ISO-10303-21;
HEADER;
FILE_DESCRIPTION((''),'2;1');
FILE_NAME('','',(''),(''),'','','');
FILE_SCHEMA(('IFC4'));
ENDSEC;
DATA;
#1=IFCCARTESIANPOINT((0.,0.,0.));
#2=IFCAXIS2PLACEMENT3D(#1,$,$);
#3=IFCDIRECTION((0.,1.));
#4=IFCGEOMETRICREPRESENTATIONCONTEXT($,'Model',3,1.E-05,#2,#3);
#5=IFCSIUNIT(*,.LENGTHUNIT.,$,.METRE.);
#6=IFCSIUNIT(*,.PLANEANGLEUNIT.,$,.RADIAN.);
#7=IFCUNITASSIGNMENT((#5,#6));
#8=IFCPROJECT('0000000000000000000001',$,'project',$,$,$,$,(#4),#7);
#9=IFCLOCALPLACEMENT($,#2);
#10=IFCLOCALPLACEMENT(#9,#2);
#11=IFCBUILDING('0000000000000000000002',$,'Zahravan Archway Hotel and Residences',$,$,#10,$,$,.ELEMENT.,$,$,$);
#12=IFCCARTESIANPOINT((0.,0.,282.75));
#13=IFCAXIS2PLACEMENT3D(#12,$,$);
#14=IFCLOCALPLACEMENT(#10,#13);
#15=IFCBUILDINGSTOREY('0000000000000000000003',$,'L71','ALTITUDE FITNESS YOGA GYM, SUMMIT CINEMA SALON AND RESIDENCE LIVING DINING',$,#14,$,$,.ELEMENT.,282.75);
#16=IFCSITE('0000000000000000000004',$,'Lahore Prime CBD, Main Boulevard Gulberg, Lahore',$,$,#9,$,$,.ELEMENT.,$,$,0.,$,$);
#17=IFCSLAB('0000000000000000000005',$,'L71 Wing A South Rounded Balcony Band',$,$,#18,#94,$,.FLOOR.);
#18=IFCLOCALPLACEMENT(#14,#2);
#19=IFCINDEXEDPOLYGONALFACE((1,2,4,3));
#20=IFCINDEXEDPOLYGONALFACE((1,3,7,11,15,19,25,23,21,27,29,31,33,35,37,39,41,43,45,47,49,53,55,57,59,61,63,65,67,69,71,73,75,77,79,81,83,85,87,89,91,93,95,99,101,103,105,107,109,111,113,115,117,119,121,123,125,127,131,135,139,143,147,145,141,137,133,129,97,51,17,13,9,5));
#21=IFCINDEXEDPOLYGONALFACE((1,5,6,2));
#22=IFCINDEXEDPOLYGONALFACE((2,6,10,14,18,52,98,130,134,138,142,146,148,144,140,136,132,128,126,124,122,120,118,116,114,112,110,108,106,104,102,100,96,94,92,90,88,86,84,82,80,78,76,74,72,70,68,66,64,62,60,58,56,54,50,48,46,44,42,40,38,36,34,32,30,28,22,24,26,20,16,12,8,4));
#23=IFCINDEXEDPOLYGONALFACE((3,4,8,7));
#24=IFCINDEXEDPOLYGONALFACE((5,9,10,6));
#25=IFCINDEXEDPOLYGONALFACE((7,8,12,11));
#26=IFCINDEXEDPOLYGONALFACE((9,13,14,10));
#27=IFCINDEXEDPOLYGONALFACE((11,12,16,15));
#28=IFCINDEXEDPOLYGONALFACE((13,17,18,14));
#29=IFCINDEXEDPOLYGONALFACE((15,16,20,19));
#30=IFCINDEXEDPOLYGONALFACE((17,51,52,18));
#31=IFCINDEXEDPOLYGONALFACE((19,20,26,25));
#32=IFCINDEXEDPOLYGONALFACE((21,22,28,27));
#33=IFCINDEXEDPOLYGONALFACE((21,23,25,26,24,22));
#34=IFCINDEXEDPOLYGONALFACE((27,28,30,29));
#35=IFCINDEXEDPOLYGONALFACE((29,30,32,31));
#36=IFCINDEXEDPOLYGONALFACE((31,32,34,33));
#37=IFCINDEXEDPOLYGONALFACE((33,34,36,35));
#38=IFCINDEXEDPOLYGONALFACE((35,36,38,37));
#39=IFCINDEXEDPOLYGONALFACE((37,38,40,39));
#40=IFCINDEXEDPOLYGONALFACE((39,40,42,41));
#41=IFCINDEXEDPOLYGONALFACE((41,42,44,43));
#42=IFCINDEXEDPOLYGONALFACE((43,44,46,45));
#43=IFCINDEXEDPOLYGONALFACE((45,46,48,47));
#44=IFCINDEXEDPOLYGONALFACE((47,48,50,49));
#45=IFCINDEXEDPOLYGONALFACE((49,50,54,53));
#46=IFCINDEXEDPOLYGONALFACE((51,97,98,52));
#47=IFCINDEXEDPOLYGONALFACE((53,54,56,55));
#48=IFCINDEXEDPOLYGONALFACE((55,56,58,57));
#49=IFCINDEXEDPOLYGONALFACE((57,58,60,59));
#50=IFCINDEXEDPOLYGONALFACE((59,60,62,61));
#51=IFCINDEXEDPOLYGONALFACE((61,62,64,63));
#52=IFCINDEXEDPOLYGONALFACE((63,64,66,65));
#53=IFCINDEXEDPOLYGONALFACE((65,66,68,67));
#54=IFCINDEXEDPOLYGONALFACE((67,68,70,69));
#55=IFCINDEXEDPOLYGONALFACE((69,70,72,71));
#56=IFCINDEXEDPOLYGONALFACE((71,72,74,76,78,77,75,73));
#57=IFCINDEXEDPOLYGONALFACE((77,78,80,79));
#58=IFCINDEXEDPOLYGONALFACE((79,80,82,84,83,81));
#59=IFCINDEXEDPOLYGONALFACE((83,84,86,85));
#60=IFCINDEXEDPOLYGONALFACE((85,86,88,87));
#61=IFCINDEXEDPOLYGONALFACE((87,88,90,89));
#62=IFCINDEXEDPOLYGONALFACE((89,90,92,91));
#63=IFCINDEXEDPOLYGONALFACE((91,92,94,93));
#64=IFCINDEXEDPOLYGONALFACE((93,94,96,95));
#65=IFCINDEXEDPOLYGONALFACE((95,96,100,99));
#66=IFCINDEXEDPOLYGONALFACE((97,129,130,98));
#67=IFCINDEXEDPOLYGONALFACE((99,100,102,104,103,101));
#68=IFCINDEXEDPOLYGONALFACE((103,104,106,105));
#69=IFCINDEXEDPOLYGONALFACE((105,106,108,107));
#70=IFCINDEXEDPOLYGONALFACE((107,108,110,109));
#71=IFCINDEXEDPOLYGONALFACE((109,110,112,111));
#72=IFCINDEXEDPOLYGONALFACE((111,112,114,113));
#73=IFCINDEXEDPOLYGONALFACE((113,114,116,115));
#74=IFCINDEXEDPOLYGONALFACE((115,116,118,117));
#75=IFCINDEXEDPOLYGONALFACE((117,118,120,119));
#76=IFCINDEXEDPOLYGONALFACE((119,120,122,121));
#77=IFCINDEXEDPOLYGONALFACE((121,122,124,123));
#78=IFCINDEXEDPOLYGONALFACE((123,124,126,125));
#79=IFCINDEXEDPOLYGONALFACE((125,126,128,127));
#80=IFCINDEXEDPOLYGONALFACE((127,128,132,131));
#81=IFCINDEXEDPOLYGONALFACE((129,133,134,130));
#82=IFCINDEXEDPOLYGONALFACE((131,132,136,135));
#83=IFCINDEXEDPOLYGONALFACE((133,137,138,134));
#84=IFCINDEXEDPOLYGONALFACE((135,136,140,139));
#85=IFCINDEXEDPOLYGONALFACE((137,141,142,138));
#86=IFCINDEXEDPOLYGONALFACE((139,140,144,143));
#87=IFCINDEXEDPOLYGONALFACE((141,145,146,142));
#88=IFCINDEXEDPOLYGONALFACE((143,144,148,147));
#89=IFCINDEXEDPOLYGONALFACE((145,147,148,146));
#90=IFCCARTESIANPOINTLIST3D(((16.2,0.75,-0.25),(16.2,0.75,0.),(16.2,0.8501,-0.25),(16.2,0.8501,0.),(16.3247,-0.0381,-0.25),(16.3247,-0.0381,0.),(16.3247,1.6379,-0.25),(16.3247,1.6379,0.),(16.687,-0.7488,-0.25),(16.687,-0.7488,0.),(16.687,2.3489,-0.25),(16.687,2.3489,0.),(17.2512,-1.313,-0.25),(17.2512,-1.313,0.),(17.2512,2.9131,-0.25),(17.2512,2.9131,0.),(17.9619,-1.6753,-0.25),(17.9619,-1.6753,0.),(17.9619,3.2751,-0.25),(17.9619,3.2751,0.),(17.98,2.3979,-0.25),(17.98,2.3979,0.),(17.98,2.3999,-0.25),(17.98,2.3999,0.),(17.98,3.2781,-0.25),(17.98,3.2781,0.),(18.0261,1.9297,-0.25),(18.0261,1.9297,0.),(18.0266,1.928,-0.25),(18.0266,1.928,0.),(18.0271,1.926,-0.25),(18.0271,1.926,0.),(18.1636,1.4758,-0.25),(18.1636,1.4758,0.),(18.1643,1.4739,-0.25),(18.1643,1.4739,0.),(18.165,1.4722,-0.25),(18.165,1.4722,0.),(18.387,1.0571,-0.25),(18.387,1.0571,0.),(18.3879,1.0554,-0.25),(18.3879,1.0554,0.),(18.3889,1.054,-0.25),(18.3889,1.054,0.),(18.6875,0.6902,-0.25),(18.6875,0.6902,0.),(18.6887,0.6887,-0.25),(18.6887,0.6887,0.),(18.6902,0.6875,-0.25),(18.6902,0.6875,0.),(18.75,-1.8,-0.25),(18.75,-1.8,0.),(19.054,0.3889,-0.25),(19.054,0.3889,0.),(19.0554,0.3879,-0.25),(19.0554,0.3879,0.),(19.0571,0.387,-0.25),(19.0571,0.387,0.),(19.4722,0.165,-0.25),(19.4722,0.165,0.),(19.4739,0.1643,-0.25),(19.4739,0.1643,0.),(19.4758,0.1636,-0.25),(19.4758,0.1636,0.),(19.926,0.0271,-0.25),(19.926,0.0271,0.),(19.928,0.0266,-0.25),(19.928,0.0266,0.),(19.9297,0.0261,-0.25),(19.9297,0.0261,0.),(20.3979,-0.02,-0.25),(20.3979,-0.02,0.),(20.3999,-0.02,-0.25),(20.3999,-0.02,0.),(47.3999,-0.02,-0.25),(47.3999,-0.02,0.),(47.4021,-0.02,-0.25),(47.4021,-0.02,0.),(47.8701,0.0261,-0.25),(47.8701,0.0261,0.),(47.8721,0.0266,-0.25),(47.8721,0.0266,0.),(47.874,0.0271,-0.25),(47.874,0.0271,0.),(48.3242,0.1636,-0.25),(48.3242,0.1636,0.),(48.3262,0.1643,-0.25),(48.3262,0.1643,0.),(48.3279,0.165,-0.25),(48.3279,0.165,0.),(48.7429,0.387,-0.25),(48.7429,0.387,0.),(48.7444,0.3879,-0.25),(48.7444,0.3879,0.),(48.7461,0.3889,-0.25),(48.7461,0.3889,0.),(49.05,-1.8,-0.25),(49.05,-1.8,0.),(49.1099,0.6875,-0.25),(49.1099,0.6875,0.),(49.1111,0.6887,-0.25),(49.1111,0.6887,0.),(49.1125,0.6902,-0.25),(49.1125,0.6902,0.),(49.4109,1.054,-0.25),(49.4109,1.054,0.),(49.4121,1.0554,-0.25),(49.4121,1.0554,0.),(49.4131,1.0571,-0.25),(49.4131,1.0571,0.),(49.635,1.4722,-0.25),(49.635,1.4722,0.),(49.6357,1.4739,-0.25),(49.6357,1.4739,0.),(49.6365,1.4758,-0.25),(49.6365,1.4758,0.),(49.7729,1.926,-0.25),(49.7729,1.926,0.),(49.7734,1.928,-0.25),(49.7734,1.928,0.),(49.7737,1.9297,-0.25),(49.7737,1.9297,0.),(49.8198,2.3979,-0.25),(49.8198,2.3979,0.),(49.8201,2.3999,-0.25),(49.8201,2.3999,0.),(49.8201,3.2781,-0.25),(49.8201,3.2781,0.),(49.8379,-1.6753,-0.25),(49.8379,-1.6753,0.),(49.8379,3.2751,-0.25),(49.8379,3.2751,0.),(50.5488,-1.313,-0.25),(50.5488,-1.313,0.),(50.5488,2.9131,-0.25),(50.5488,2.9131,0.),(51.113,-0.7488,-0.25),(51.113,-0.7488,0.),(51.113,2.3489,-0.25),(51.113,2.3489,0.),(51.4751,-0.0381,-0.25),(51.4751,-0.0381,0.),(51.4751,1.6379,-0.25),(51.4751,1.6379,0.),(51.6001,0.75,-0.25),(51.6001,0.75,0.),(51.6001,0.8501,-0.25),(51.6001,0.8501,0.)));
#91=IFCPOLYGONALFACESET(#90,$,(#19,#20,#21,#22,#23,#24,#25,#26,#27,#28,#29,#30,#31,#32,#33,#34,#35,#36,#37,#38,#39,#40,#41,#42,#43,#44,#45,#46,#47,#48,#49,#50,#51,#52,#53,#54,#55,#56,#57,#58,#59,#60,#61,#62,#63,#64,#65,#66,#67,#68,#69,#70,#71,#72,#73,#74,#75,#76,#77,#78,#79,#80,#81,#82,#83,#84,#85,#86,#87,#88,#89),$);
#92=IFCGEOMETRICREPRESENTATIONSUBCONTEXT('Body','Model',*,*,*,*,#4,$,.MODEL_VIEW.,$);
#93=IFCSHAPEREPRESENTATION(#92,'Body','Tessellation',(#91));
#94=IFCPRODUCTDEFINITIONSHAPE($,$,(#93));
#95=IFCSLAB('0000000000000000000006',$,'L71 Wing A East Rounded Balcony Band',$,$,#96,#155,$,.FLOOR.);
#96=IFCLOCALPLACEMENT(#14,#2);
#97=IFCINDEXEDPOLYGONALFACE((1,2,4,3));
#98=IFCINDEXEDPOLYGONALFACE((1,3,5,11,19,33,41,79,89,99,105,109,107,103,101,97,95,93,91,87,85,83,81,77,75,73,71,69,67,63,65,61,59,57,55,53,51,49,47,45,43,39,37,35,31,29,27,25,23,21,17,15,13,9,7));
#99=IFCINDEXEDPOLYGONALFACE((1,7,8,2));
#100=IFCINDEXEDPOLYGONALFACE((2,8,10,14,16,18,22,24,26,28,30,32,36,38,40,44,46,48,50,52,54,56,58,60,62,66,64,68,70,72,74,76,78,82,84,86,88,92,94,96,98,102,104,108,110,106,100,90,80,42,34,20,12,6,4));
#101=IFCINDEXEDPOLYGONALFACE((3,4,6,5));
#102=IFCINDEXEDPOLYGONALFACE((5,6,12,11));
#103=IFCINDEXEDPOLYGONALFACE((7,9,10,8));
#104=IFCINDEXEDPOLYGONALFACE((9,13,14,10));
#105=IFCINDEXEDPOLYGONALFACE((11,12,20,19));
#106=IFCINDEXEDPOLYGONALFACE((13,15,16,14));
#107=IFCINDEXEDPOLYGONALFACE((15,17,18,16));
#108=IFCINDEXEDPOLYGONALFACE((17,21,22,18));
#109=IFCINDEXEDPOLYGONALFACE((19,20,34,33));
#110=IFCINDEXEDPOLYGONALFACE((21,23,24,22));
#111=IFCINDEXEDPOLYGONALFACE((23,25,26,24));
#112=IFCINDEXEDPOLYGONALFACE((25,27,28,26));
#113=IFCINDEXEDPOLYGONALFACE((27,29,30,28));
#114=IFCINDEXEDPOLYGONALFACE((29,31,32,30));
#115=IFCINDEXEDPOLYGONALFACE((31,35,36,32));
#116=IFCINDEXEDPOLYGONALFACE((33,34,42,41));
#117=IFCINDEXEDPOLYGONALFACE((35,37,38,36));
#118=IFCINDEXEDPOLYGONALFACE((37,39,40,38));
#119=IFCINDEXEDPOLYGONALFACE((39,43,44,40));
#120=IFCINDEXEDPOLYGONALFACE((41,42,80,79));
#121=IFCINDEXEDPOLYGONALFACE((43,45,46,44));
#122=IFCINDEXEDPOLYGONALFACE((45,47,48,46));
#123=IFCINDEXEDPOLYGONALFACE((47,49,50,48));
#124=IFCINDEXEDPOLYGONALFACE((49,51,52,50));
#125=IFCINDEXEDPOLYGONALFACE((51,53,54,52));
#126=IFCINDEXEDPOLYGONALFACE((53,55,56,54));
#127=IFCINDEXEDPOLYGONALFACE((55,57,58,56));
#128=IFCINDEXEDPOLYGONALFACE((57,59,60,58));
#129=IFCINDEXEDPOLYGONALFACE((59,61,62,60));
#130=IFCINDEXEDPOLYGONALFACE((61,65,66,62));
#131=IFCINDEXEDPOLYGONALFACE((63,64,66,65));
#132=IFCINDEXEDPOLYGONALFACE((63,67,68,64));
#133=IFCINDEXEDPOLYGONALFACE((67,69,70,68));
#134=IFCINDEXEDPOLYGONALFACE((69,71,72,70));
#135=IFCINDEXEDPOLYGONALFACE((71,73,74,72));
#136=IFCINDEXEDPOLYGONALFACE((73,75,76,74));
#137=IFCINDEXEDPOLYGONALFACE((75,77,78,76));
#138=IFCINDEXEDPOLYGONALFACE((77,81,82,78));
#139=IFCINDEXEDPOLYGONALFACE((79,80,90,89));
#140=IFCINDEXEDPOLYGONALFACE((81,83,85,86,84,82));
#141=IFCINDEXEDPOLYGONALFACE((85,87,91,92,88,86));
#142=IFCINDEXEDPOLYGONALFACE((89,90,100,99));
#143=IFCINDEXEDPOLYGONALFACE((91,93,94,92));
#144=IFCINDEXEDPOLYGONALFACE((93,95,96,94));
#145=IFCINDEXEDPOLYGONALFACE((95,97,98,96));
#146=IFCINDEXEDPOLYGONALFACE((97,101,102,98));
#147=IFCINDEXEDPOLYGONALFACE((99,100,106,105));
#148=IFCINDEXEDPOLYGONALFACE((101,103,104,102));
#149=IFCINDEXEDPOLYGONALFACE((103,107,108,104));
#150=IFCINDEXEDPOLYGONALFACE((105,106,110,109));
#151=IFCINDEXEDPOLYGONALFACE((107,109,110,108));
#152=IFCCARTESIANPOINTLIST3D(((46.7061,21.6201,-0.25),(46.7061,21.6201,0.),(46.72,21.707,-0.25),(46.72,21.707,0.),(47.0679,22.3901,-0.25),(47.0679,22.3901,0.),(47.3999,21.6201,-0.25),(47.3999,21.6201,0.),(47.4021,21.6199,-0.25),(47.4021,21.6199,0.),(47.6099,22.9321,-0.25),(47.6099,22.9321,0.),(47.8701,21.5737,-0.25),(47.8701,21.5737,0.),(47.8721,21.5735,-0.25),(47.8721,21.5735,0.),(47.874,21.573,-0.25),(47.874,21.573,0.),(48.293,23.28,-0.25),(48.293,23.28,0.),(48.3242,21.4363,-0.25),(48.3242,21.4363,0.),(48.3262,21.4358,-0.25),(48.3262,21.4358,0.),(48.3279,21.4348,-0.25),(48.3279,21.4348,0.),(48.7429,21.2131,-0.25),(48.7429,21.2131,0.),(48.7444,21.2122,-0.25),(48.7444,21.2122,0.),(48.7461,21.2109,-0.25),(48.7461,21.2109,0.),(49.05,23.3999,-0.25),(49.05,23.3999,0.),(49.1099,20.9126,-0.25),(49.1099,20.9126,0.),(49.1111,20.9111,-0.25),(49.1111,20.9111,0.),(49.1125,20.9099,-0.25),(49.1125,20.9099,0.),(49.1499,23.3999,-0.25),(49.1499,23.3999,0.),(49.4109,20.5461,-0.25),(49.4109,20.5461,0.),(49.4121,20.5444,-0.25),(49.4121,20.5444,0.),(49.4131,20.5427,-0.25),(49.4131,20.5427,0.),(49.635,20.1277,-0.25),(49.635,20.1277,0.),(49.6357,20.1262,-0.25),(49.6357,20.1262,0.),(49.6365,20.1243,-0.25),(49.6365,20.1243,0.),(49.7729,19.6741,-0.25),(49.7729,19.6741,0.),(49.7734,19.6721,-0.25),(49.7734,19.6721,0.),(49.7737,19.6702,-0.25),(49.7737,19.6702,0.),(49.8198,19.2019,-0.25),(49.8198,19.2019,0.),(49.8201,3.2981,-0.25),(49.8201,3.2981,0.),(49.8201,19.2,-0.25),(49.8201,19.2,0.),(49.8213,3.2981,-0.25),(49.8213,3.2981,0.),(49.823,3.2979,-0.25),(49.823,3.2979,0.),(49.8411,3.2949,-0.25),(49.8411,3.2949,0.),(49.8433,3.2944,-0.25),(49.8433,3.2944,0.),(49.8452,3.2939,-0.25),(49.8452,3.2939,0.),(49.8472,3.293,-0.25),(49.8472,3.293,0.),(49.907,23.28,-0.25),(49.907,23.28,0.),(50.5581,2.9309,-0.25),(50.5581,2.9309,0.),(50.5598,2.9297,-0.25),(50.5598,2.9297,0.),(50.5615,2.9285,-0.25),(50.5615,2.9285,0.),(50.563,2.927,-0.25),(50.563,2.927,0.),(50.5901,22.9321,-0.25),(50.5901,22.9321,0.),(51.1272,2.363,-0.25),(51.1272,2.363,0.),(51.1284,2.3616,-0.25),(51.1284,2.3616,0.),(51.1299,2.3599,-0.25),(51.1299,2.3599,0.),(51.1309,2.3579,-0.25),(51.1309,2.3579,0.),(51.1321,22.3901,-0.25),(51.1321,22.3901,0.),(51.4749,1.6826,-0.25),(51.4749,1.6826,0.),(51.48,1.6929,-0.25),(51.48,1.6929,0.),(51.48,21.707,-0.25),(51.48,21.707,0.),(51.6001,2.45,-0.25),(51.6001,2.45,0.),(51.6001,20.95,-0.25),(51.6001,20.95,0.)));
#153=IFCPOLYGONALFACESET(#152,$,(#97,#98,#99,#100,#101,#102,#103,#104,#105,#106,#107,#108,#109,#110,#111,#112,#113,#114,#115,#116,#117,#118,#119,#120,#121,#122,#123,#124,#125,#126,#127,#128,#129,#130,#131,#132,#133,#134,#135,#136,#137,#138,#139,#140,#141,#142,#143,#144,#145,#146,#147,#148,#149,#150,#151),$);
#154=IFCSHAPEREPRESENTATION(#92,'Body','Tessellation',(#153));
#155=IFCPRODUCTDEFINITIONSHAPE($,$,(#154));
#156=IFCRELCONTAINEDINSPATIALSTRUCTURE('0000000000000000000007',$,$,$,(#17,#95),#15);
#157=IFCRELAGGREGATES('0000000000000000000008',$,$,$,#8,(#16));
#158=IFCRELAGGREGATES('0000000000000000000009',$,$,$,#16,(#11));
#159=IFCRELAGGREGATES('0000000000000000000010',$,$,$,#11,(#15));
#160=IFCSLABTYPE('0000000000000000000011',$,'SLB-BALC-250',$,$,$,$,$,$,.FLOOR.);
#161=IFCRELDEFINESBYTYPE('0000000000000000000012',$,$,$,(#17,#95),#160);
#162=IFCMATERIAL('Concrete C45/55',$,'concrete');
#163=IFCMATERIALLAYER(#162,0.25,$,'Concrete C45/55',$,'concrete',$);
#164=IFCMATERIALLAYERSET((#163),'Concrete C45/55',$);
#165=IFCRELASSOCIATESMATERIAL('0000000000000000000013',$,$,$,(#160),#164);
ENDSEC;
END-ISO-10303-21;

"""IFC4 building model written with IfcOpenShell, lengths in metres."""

from ifc_helpers import new_model, si_unit, direction, frame, origin, place, context, subcontext, project, spatial, polyline, outline, extrude, material, layer, layer_set, type_object, element, save


model = new_model("IFC4")

# Units and contexts
model_context = context("Model", 3, precision=1e-05, world=origin(), true_north=direction((0.0, 1.0)))
body_context = subcontext(model_context, "Body", "Model", "MODEL_VIEW")
ifc_project = project(units=[si_unit("LENGTHUNIT", "METRE"), si_unit("PLANEANGLEUNIT", "RADIAN")], contexts=[model_context])

# Site, building, storey
site_placement = place(None, origin())
site = spatial("IfcSite", under=ifc_project, at=site_placement, Name="Lahore Prime CBD, Main Boulevard Gulberg, Lahore", CompositionType="ELEMENT", RefElevation=0.0)
building_placement = place(site_placement, origin())
building = spatial("IfcBuilding", under=site, at=building_placement, Name="Zahravan Archway Hotel and Residences", CompositionType="ELEMENT")
storey_placement = place(building_placement, frame((0.0, 0.0, 282.75)))
storey = spatial("IfcBuildingStorey", under=building, at=storey_placement, Name="L71", Description="ALTITUDE FITNESS YOGA GYM, SUMMIT CINEMA SALON AND RESIDENCE LIVING DINING", CompositionType="ELEMENT", Elevation=282.75)

# Slabs
ifc_material_1 = material(Name="Concrete C45/55", Category="concrete")
ifc_layer_1 = layer(ifc_material_1, 0.25, Name="Concrete C45/55", Category="concrete")
ifc_layer_set_1 = layer_set([ifc_layer_1], Name="Concrete C45/55")
slab_type_1 = type_object("IfcSlabType", Name="SLB-BALC-250", PredefinedType="FLOOR", material=ifc_layer_set_1)
slab_1_placement = place(storey_placement, frame((0.0, 0.0, -0.25)))
element("IfcSlab", 1, at=slab_1_placement, inside=storey, type_object=slab_type_1, Name="L71 Wing A South Rounded Balcony Band", PredefinedType="FLOOR", context=body_context, shape_type="SweptSolid", body=[
    extrude(outline(polyline([(49.8379, 3.2751), (50.5488, 2.9131), (51.113, 2.3489), (51.4751, 1.6379), (51.6001, 0.8501), (51.6001, 0.75), (51.4751, -0.0381), (51.113, -0.7488), (50.5488, -1.313), (49.8379, -1.6753), (49.05, -1.8), (18.75, -1.8), (17.9619, -1.6753), (17.2512, -1.313), (16.687, -0.7488), (16.3247, -0.0381), (16.2, 0.75), (16.2, 0.8501), (16.3247, 1.6379), (16.687, 2.3489), (17.2512, 2.9131), (17.9619, 3.2751), (17.98, 3.2781), (17.98, 2.3999), (17.98, 2.3979), (18.0261, 1.9297), (18.0266, 1.928), (18.0271, 1.926), (18.1636, 1.4758), (18.1643, 1.4739), (18.165, 1.4722), (18.387, 1.0571), (18.3879, 1.0554), (18.3889, 1.054), (18.6875, 0.6902), (18.6887, 0.6887), (18.6902, 0.6875), (19.054, 0.3889), (19.0554, 0.3879), (19.0571, 0.387), (19.4722, 0.165), (19.4739, 0.1643), (19.4758, 0.1636), (19.926, 0.0271), (19.928, 0.0266), (19.9297, 0.0261), (20.3979, -0.02), (20.3999, -0.02), (47.3999, -0.02), (47.4021, -0.02), (47.8701, 0.0261), (47.8721, 0.0266), (47.874, 0.0271), (48.3242, 0.1636), (48.3262, 0.1643), (48.3279, 0.165), (48.7429, 0.387), (48.7444, 0.3879), (48.7461, 0.3889), (49.1099, 0.6875), (49.1111, 0.6887), (49.1125, 0.6902), (49.4109, 1.054), (49.4121, 1.0554), (49.4131, 1.0571), (49.635, 1.4722), (49.6357, 1.4739), (49.6365, 1.4758), (49.7729, 1.926), (49.7734, 1.928), (49.7737, 1.9297), (49.8198, 2.3979), (49.8201, 2.3999), (49.8201, 3.2781), (49.8379, 3.2751)])), origin(), (0.0, 0.0, 1.0), 0.25),
])
slab_2_placement = place(storey_placement, frame((0.0, 0.0, -0.25)))
element("IfcSlab", 2, at=slab_2_placement, inside=storey, type_object=slab_type_1, Name="L71 Wing A East Rounded Balcony Band", PredefinedType="FLOOR", context=body_context, shape_type="SweptSolid", body=[
    extrude(outline(polyline([(46.72, 21.707), (47.0679, 22.3901), (47.6099, 22.9321), (48.293, 23.28), (49.05, 23.3999), (49.1499, 23.3999), (49.907, 23.28), (50.5901, 22.9321), (51.1321, 22.3901), (51.48, 21.707), (51.6001, 20.95), (51.6001, 2.45), (51.48, 1.6929), (51.4749, 1.6826), (51.1309, 2.3579), (51.1299, 2.3599), (51.1284, 2.3616), (51.1272, 2.363), (50.563, 2.927), (50.5615, 2.9285), (50.5598, 2.9297), (50.5581, 2.9309), (49.8472, 3.293), (49.8452, 3.2939), (49.8433, 3.2944), (49.8411, 3.2949), (49.823, 3.2979), (49.8213, 3.2981), (49.8201, 3.2981), (49.8201, 19.2), (49.8198, 19.2019), (49.7737, 19.6702), (49.7734, 19.6721), (49.7729, 19.6741), (49.6365, 20.1243), (49.6357, 20.1262), (49.635, 20.1277), (49.4131, 20.5427), (49.4121, 20.5444), (49.4109, 20.5461), (49.1125, 20.9099), (49.1111, 20.9111), (49.1099, 20.9126), (48.7461, 21.2109), (48.7444, 21.2122), (48.7429, 21.2131), (48.3279, 21.4348), (48.3262, 21.4358), (48.3242, 21.4363), (47.874, 21.573), (47.8721, 21.5735), (47.8701, 21.5737), (47.4021, 21.6199), (47.3999, 21.6201), (46.7061, 21.6201), (46.72, 21.707)])), origin(), (0.0, 0.0, 1.0), 0.25),
])

save(model, "model.ifc")
